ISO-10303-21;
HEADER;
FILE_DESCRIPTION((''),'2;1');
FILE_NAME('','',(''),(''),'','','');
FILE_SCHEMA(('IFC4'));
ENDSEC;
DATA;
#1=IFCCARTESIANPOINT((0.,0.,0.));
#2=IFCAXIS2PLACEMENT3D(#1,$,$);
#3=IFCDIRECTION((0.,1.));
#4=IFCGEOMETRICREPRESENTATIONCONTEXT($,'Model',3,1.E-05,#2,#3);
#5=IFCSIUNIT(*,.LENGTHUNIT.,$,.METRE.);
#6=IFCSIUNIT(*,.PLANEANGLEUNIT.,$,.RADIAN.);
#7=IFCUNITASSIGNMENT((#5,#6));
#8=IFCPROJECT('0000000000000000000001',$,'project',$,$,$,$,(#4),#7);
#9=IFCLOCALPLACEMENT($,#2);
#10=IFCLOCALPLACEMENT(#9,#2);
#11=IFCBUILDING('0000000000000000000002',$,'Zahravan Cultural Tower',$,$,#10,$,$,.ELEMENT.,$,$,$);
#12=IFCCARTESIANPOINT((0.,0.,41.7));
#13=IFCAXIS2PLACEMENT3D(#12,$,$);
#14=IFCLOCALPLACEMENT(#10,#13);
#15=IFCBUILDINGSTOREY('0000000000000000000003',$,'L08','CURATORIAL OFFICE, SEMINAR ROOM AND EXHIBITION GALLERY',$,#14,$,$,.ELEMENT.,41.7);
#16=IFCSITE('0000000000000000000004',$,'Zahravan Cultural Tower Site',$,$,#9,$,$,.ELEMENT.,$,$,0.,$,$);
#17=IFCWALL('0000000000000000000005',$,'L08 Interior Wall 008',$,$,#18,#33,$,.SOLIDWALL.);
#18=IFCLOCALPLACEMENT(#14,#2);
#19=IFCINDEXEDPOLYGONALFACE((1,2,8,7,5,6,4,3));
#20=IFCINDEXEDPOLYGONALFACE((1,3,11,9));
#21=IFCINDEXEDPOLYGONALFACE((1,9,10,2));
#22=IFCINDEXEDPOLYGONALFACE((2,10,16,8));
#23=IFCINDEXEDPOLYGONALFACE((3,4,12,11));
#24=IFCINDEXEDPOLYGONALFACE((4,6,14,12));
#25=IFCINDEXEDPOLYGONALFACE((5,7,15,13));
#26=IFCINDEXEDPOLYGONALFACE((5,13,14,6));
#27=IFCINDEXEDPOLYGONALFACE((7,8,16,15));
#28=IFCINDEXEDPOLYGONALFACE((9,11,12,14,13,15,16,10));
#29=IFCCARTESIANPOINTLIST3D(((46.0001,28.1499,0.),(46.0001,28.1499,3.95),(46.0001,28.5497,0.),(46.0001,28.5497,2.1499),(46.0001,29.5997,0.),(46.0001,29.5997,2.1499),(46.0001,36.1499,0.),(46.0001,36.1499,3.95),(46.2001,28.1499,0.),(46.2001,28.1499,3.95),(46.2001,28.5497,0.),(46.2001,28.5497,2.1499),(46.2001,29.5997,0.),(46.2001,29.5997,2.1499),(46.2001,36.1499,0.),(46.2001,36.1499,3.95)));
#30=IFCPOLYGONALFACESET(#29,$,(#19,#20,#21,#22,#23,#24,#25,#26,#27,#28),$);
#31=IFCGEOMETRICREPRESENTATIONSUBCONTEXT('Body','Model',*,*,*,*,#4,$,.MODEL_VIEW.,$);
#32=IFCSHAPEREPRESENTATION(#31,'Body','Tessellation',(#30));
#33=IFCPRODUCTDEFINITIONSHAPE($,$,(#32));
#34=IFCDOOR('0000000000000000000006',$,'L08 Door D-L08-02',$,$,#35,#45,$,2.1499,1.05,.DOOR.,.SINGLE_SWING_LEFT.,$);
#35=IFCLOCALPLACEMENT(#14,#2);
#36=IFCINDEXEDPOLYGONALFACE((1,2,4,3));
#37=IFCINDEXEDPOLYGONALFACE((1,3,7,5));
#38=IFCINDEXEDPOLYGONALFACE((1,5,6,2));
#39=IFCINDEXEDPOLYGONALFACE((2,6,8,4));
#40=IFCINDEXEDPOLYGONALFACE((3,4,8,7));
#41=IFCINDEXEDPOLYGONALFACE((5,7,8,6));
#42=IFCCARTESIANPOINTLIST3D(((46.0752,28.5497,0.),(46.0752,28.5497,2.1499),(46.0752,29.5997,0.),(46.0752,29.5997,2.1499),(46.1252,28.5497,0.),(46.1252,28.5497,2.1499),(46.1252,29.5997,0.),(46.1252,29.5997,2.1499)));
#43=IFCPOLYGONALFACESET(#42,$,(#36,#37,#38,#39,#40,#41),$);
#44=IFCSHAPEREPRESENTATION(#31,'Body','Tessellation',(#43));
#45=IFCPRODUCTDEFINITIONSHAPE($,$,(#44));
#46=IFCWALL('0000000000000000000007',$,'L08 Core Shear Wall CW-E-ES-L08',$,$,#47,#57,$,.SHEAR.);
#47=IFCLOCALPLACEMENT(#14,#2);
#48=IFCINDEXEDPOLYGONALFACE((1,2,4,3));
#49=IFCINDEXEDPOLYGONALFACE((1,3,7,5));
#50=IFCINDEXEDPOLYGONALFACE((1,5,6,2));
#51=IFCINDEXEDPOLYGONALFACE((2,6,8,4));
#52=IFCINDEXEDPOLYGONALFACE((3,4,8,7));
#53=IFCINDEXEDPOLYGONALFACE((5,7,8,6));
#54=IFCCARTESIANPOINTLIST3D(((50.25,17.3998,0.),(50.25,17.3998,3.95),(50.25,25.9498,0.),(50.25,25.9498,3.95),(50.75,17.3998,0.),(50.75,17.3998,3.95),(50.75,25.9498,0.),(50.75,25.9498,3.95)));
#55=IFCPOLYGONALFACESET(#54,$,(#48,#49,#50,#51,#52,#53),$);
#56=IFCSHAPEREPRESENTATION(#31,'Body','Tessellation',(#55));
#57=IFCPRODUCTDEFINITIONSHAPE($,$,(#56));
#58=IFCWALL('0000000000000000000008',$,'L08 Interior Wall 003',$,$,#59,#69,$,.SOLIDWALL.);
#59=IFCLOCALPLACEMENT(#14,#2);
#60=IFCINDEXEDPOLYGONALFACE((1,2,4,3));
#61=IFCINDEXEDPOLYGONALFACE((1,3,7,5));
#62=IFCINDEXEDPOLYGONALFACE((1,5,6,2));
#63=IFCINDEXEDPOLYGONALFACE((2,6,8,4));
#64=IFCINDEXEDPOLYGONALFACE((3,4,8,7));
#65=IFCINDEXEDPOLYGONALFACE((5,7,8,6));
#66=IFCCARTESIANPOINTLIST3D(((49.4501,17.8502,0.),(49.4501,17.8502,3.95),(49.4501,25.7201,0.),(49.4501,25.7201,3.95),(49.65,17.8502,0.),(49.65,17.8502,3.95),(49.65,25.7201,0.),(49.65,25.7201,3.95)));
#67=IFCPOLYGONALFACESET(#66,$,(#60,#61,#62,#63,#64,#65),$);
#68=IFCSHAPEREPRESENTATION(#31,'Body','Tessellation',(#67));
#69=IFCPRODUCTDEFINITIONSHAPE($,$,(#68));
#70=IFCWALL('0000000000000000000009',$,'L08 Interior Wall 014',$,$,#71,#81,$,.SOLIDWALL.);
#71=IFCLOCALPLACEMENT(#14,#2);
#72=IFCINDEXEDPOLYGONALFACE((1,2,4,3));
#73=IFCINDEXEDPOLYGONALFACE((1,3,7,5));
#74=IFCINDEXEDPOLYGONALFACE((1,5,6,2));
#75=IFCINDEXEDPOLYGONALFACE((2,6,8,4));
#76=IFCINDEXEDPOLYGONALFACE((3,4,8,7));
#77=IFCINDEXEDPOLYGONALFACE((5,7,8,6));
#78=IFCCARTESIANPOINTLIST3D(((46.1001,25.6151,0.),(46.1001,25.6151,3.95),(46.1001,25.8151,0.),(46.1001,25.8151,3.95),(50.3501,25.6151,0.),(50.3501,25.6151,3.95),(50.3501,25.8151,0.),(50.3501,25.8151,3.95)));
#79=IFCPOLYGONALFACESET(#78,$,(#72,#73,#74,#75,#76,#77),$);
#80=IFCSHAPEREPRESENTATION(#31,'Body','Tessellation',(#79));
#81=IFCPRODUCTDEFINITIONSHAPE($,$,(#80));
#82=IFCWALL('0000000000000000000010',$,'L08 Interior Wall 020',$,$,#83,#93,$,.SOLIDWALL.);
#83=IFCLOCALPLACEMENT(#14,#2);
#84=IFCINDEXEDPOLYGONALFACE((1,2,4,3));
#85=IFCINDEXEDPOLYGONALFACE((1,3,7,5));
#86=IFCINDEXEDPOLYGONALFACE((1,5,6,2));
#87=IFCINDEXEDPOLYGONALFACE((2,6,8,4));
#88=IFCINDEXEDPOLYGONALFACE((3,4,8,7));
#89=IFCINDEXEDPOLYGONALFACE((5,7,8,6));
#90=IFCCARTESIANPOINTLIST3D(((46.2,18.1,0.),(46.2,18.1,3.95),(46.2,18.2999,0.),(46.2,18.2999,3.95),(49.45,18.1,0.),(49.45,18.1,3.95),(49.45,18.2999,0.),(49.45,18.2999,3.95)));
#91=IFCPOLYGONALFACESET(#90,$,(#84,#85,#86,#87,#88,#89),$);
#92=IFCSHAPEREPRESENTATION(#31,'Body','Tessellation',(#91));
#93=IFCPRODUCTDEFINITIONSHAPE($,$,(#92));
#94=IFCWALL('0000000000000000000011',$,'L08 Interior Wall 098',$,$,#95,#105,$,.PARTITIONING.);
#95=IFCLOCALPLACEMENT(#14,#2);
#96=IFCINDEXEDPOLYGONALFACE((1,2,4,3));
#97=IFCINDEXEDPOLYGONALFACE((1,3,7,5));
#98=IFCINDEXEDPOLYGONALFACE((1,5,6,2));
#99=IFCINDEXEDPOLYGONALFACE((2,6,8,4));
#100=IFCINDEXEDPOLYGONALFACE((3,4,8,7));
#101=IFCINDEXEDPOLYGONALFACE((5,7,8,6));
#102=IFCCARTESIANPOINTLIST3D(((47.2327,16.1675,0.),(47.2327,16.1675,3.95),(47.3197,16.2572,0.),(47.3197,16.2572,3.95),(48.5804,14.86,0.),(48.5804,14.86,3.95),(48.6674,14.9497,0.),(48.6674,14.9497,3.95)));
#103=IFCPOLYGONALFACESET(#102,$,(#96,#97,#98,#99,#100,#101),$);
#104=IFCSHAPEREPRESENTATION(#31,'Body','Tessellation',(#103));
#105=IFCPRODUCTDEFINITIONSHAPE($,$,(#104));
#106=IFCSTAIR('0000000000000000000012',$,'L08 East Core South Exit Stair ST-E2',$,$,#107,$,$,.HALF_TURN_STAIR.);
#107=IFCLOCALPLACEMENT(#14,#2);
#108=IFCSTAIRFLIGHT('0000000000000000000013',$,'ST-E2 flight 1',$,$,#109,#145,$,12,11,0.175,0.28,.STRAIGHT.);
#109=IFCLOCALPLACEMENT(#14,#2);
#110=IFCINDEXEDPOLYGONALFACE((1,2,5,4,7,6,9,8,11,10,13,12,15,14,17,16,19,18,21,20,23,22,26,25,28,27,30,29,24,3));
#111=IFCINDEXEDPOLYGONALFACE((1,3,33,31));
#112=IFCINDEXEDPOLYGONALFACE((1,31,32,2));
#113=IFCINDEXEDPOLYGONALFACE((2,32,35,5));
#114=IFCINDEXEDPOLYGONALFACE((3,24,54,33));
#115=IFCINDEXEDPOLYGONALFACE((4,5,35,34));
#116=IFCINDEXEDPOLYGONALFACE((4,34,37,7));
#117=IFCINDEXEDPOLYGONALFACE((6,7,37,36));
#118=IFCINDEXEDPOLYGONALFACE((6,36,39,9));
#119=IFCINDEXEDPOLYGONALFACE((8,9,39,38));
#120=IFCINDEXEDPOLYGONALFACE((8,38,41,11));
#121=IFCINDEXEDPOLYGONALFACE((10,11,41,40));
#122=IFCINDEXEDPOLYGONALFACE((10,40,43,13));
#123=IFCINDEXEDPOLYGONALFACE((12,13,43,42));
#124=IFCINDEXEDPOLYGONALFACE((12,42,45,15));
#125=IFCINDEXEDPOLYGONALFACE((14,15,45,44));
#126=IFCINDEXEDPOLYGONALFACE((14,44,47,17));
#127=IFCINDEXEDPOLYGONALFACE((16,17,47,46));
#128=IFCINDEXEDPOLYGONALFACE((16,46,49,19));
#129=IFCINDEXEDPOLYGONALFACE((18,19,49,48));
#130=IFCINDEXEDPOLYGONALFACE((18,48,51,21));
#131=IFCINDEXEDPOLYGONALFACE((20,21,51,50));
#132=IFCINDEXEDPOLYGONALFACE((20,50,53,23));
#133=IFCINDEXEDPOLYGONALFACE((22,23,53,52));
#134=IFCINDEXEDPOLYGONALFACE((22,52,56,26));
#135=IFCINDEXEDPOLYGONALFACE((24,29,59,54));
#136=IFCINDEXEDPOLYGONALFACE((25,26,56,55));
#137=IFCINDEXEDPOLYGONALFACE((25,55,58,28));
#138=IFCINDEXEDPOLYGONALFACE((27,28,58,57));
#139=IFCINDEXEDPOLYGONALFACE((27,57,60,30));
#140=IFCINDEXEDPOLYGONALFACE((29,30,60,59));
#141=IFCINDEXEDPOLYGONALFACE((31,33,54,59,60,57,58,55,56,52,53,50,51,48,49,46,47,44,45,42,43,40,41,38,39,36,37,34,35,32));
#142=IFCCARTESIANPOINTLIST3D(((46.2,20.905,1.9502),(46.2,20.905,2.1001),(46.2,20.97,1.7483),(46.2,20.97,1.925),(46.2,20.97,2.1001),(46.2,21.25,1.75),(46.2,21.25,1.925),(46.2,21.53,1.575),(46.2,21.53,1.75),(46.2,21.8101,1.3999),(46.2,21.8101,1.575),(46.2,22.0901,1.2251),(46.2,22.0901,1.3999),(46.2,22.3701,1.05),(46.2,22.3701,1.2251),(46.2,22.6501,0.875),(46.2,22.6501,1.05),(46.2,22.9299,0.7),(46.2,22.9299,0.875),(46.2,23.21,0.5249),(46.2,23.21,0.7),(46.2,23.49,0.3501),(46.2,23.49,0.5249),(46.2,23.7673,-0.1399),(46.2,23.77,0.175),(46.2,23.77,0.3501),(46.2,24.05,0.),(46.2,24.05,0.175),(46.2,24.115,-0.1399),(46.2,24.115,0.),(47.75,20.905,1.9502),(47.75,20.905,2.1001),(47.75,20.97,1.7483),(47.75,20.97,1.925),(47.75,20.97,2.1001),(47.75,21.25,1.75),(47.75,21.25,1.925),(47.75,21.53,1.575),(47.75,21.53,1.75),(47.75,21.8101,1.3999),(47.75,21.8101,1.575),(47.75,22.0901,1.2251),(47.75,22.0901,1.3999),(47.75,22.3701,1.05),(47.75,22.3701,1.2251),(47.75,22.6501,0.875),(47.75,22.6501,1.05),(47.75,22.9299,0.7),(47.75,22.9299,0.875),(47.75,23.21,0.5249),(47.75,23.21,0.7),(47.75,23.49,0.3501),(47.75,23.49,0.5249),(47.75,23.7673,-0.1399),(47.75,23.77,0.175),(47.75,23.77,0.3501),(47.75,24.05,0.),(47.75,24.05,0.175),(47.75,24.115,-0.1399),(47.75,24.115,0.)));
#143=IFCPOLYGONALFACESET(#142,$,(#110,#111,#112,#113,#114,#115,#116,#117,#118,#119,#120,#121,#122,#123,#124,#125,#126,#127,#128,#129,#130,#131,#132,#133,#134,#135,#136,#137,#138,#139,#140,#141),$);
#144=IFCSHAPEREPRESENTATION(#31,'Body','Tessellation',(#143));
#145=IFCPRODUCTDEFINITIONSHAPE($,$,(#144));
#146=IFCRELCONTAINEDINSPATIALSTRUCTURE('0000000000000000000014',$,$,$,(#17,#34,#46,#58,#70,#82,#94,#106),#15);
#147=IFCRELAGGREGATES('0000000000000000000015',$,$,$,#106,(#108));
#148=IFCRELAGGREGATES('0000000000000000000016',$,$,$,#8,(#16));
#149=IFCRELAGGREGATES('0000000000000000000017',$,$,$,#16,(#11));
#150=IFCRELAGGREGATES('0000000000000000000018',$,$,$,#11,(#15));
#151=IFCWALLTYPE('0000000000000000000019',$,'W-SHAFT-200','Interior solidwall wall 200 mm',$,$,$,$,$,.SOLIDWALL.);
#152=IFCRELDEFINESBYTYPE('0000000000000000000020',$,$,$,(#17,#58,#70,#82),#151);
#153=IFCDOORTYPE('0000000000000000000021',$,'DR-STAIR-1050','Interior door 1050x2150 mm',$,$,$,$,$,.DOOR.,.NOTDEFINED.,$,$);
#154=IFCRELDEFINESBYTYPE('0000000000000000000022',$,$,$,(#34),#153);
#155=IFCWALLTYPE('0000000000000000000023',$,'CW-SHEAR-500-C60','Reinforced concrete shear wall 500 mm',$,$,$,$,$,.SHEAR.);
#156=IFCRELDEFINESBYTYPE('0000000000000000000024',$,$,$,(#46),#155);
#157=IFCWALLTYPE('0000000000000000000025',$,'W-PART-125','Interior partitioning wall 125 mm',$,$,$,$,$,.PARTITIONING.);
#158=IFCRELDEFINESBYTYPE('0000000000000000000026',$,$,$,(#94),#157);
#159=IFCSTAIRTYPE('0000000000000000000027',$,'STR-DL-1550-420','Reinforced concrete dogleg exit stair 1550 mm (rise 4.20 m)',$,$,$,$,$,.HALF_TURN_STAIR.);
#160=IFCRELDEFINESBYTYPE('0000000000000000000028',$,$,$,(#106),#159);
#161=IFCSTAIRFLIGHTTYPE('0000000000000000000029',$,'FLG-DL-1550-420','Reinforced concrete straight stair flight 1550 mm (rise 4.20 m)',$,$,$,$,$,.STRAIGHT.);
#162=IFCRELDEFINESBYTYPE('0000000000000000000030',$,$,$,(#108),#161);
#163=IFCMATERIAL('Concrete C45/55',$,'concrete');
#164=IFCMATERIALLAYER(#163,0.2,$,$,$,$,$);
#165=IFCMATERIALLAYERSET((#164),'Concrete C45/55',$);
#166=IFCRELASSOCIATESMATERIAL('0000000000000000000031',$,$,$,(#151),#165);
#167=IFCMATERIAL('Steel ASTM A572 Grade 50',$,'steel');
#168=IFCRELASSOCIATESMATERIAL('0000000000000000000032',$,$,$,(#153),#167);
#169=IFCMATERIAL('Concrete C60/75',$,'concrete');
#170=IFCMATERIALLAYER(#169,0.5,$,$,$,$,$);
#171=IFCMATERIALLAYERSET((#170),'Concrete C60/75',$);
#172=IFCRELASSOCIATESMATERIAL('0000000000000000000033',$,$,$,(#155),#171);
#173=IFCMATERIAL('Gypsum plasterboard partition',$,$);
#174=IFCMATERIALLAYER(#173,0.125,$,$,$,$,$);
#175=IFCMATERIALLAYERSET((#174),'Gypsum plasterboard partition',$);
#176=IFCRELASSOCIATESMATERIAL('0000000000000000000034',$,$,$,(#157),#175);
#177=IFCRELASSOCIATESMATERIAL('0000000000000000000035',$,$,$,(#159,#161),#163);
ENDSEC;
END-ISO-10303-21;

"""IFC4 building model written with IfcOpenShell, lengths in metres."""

from ifc_helpers import new_model, si_unit, direction, frame, frame_2d, origin, place, context, subcontext, project, spatial, polyline, rectangle, outline, extrude, source, transform, mapped, material, layer, layer_set, type_object, element, fill, aggregate, save


model = new_model("IFC4")

# Units and contexts
model_context = context("Model", 3, precision=1e-05, world=origin(), true_north=direction((0.0, 1.0)))
body_context = subcontext(model_context, "Body", "Model", "MODEL_VIEW")
ifc_project = project(units=[si_unit("LENGTHUNIT", "METRE"), si_unit("PLANEANGLEUNIT", "RADIAN")], contexts=[model_context])

# Site, building, storey
site_placement = place(None, origin())
site = spatial("IfcSite", under=ifc_project, at=site_placement, Name="Zahravan Cultural Tower Site", CompositionType="ELEMENT", RefElevation=0.0)
building_placement = place(site_placement, origin())
building = spatial("IfcBuilding", under=site, at=building_placement, Name="Zahravan Cultural Tower", CompositionType="ELEMENT")
storey_placement = place(building_placement, frame((0.0, 0.0, 41.7)))
storey = spatial("IfcBuildingStorey", under=building, at=storey_placement, Name="L08", Description="CURATORIAL OFFICE, SEMINAR ROOM AND EXHIBITION GALLERY", CompositionType="ELEMENT", Elevation=41.7)

# Shared definitions
ifc_material_1 = material(Name="Concrete C60/75", Category="concrete")

# Wall, opening, door
ifc_material_2 = material(Name="Concrete C45/55", Category="concrete")
ifc_layer_1 = layer(ifc_material_2, 0.2)
ifc_layer_set_1 = layer_set([ifc_layer_1], Name="Concrete C45/55")
wall_type_1 = type_object("IfcWallType", Name="W-SHAFT-200", Description="Interior solidwall wall 200 mm", PredefinedType="SOLIDWALL", material=ifc_layer_set_1)
ifc_material_3 = material(Name="Steel ASTM A572 Grade 50", Category="steel")
door_type = type_object("IfcDoorType", Name="DR-STAIR-1050", Description="Interior door 1050x2150 mm", OperationType="NOTDEFINED", PredefinedType="DOOR", material=ifc_material_3)
shared_shape_1 = source(origin(), body_context, "Body", "SweptSolid", [
    extrude(rectangle(XDim=1.05, YDim=2.1499, at=frame_2d((0.5249, 1.075))), frame((0.0, 0.0249, 0.0), z_axis=(0.0, -1.0, 0.0), x_axis=(1.0, 0.0, 0.0)), (0.0, 0.0, 1.0), 0.05),
])
wall_1_placement = place(storey_placement, frame((46.1001, 28.1499, 0.0), z_axis=(0.0, 0.0, 1.0), x_axis=(0.0, 1.0, 0.0)))
wall_1 = element("IfcWall", 1, at=wall_1_placement, inside=storey, type_object=wall_type_1, Name="L08 Interior Wall 008", PredefinedType="SOLIDWALL", context=body_context, shape_type="SweptSolid", body=[
    extrude(rectangle(XDim=8.0, YDim=0.2, at=frame_2d((4.0, 0.0))), origin(), (0.0, 0.0, 1.0), 3.95),
])
opening_1_placement = place(wall_1_placement, frame((0.3999, 0.0, 0.0)))
opening_1 = element("IfcOpeningElement", 2, at=opening_1_placement, cuts=wall_1, PredefinedType="OPENING", context=body_context, shape_type="SweptSolid", body=[
    extrude(rectangle(XDim=1.05, YDim=2.1499, at=frame_2d((0.5249, 1.075))), frame((0.0, 0.1099, 0.0), z_axis=(0.0, -1.0, 0.0), x_axis=(1.0, 0.0, 0.0)), (0.0, 0.0, 1.0), 0.22),
])
door_1_placement = place(opening_1_placement, origin())
door_1 = element("IfcDoor", 3, at=door_1_placement, inside=storey, type_object=door_type, Name="L08 Door D-L08-02", OperationType="SINGLE_SWING_LEFT", OverallHeight=2.1499, OverallWidth=1.05, PredefinedType="DOOR", context=body_context, shape_type="MappedRepresentation", body=[
    mapped(shared_shape_1, transform((0.0, 0.0, 0.0), x_axis=(1.0, 0.0, 0.0), y_axis=(0.0, 1.0, 0.0), z_axis=(0.0, 0.0, 1.0), scale=1.0)),
])
fill(opening_1, door_1)

# Walls
ifc_layer_2 = layer(ifc_material_1, 0.5)
ifc_layer_set_2 = layer_set([ifc_layer_2], Name="Concrete C60/75")
wall_type_2 = type_object("IfcWallType", Name="CW-SHEAR-500-C60", Description="Reinforced concrete shear wall 500 mm", PredefinedType="SHEAR", material=ifc_layer_set_2)
shared_shape_2 = source(origin(), body_context, "Body", "SweptSolid", [
    extrude(rectangle(XDim=8.55, YDim=0.5, at=frame_2d((4.2749, 0.0))), origin(), (0.0, 0.0, 1.0), 3.95),
])
wall_2_placement = place(storey_placement, frame((50.5, 17.3999, 0.0), z_axis=(0.0, 0.0, 1.0), x_axis=(0.0, 1.0, 0.0)))
element("IfcWall", 4, at=wall_2_placement, inside=storey, type_object=wall_type_2, Name="L08 Core Shear Wall CW-E-ES-L08", PredefinedType="SHEAR", context=body_context, shape_type="MappedRepresentation", body=[
    mapped(shared_shape_2, transform((0.0, 0.0, 0.0), x_axis=(1.0, 0.0, 0.0), y_axis=(0.0, 1.0, 0.0), z_axis=(0.0, 0.0, 1.0), scale=1.0)),
])
shared_shape_3 = source(origin(), body_context, "Body", "SweptSolid", [
    extrude(rectangle(XDim=7.8699, YDim=0.2, at=frame_2d((3.9351, 0.0))), origin(), (0.0, 0.0, 1.0), 3.95),
])
wall_3_placement = place(storey_placement, frame((49.55, 17.8501, 0.0), z_axis=(0.0, 0.0, 1.0), x_axis=(0.0, 1.0, 0.0)))
element("IfcWall", 5, at=wall_3_placement, inside=storey, type_object=wall_type_1, Name="L08 Interior Wall 003", PredefinedType="SOLIDWALL", context=body_context, shape_type="MappedRepresentation", body=[
    mapped(shared_shape_3, transform((0.0, 0.0, 0.0), x_axis=(1.0, 0.0, 0.0), y_axis=(0.0, 1.0, 0.0), z_axis=(0.0, 0.0, 1.0), scale=1.0)),
])
shared_shape_4 = source(origin(), body_context, "Body", "SweptSolid", [
    extrude(rectangle(XDim=4.25, YDim=0.2, at=frame_2d((2.125, 0.0))), origin(), (0.0, 0.0, 1.0), 3.95),
])
wall_4_placement = place(storey_placement, frame((46.1001, 25.7151, 0.0), z_axis=(0.0, 0.0, 1.0), x_axis=(1.0, 0.0, 0.0)))
element("IfcWall", 6, at=wall_4_placement, inside=storey, type_object=wall_type_1, Name="L08 Interior Wall 014", PredefinedType="SOLIDWALL", context=body_context, shape_type="MappedRepresentation", body=[
    mapped(shared_shape_4, transform((0.0, 0.0, 0.0), x_axis=(1.0, 0.0, 0.0), y_axis=(0.0, 1.0, 0.0), z_axis=(0.0, 0.0, 1.0), scale=1.0)),
])
shared_shape_5 = source(origin(), body_context, "Body", "SweptSolid", [
    extrude(rectangle(XDim=3.25, YDim=0.2, at=frame_2d((1.625, 0.0))), origin(), (0.0, 0.0, 1.0), 3.95),
])
wall_5_placement = place(storey_placement, frame((46.2, 18.2, 0.0), z_axis=(0.0, 0.0, 1.0), x_axis=(1.0, 0.0, 0.0)))
element("IfcWall", 7, at=wall_5_placement, inside=storey, type_object=wall_type_1, Name="L08 Interior Wall 020", PredefinedType="SOLIDWALL", context=body_context, shape_type="MappedRepresentation", body=[
    mapped(shared_shape_5, transform((0.0, 0.0, 0.0), x_axis=(1.0, 0.0, 0.0), y_axis=(0.0, 1.0, 0.0), z_axis=(0.0, 0.0, 1.0), scale=1.0)),
])
ifc_material_4 = material(Name="Gypsum plasterboard partition")
ifc_layer_3 = layer(ifc_material_4, 0.125)
ifc_layer_set_3 = layer_set([ifc_layer_3], Name="Gypsum plasterboard partition")
wall_type_3 = type_object("IfcWallType", Name="W-PART-125", Description="Interior partitioning wall 125 mm", PredefinedType="PARTITIONING", material=ifc_layer_set_3)
shared_shape_6 = source(origin(), body_context, "Body", "SweptSolid", [
    extrude(rectangle(XDim=1.8777, YDim=0.125, at=frame_2d((0.939, 0.0))), origin(), (0.0, 0.0, 1.0), 3.95),
])
wall_6_placement = place(storey_placement, frame((47.2761, 16.2124, 0.0), z_axis=(0.0, 0.0, 1.0), x_axis=(0.717753, -0.696298, 0.0)))
element("IfcWall", 8, at=wall_6_placement, inside=storey, type_object=wall_type_3, Name="L08 Interior Wall 098", PredefinedType="PARTITIONING", context=body_context, shape_type="MappedRepresentation", body=[
    mapped(shared_shape_6, transform((0.0, 0.0, 0.0), x_axis=(1.0, 0.0, 0.0), y_axis=(0.0, 1.0, 0.0), z_axis=(0.0, 0.0, 1.0), scale=1.0)),
])

# Stair, stair flight
stair_type = type_object("IfcStairType", Name="STR-DL-1550-420", Description="Reinforced concrete dogleg exit stair 1550 mm (rise 4.20 m)", PredefinedType="HALF_TURN_STAIR", material=ifc_material_2)
stair_placement = place(storey_placement, origin())
stair = element("IfcStair", 9, at=stair_placement, inside=storey, type_object=stair_type, Name="L08 East Core South Exit Stair ST-E2", PredefinedType="HALF_TURN_STAIR")
stair_flight_type = type_object("IfcStairFlightType", Name="FLG-DL-1550-420", Description="Reinforced concrete straight stair flight 1550 mm (rise 4.20 m)", PredefinedType="STRAIGHT", material=ifc_material_2)
stair_flight_1_placement = place(storey_placement, frame((46.9751, 24.05, 0.0), z_axis=(0.0, 0.0, 1.0), x_axis=(0.0, -1.0, 0.0)))
stair_flight_1 = element("IfcStairFlight", 10, at=stair_flight_1_placement, type_object=stair_flight_type, Name="ST-E2 flight 1", NumberOfRisers=12, NumberOfTreads=11, PredefinedType="STRAIGHT", RiserHeight=0.175, TreadLength=0.28, context=body_context, shape_type="SweptSolid", body=[
    extrude(outline(polyline([(-0.0649, -0.1399), (-0.0649, 0.0), (0.0, 0.0), (0.0, 0.175), (0.28, 0.175), (0.28, 0.3501), (0.5601, 0.3501), (0.5601, 0.5249), (0.8401, 0.5249), (0.8401, 0.7), (1.1201, 0.7), (1.1201, 0.875), (1.3999, 0.875), (1.3999, 1.05), (1.6799, 1.05), (1.6799, 1.2251), (1.96, 1.2251), (1.96, 1.3999), (2.24, 1.3999), (2.24, 1.575), (2.52, 1.575), (2.52, 1.75), (2.8, 1.75), (2.8, 1.925), (3.0801, 1.925), (3.0801, 2.1001), (3.145, 2.1001), (3.145, 1.9502), (3.0801, 1.7483), (0.2827, -0.1399), (-0.0649, -0.1399)])), frame((0.0, 0.7749, 0.0), z_axis=(0.0, -1.0, 0.0), x_axis=(1.0, 0.0, 0.0)), (0.0, 0.0, 1.0), 1.55),
])
aggregate(stair, [stair_flight_1])

save(model, "model.ifc")
